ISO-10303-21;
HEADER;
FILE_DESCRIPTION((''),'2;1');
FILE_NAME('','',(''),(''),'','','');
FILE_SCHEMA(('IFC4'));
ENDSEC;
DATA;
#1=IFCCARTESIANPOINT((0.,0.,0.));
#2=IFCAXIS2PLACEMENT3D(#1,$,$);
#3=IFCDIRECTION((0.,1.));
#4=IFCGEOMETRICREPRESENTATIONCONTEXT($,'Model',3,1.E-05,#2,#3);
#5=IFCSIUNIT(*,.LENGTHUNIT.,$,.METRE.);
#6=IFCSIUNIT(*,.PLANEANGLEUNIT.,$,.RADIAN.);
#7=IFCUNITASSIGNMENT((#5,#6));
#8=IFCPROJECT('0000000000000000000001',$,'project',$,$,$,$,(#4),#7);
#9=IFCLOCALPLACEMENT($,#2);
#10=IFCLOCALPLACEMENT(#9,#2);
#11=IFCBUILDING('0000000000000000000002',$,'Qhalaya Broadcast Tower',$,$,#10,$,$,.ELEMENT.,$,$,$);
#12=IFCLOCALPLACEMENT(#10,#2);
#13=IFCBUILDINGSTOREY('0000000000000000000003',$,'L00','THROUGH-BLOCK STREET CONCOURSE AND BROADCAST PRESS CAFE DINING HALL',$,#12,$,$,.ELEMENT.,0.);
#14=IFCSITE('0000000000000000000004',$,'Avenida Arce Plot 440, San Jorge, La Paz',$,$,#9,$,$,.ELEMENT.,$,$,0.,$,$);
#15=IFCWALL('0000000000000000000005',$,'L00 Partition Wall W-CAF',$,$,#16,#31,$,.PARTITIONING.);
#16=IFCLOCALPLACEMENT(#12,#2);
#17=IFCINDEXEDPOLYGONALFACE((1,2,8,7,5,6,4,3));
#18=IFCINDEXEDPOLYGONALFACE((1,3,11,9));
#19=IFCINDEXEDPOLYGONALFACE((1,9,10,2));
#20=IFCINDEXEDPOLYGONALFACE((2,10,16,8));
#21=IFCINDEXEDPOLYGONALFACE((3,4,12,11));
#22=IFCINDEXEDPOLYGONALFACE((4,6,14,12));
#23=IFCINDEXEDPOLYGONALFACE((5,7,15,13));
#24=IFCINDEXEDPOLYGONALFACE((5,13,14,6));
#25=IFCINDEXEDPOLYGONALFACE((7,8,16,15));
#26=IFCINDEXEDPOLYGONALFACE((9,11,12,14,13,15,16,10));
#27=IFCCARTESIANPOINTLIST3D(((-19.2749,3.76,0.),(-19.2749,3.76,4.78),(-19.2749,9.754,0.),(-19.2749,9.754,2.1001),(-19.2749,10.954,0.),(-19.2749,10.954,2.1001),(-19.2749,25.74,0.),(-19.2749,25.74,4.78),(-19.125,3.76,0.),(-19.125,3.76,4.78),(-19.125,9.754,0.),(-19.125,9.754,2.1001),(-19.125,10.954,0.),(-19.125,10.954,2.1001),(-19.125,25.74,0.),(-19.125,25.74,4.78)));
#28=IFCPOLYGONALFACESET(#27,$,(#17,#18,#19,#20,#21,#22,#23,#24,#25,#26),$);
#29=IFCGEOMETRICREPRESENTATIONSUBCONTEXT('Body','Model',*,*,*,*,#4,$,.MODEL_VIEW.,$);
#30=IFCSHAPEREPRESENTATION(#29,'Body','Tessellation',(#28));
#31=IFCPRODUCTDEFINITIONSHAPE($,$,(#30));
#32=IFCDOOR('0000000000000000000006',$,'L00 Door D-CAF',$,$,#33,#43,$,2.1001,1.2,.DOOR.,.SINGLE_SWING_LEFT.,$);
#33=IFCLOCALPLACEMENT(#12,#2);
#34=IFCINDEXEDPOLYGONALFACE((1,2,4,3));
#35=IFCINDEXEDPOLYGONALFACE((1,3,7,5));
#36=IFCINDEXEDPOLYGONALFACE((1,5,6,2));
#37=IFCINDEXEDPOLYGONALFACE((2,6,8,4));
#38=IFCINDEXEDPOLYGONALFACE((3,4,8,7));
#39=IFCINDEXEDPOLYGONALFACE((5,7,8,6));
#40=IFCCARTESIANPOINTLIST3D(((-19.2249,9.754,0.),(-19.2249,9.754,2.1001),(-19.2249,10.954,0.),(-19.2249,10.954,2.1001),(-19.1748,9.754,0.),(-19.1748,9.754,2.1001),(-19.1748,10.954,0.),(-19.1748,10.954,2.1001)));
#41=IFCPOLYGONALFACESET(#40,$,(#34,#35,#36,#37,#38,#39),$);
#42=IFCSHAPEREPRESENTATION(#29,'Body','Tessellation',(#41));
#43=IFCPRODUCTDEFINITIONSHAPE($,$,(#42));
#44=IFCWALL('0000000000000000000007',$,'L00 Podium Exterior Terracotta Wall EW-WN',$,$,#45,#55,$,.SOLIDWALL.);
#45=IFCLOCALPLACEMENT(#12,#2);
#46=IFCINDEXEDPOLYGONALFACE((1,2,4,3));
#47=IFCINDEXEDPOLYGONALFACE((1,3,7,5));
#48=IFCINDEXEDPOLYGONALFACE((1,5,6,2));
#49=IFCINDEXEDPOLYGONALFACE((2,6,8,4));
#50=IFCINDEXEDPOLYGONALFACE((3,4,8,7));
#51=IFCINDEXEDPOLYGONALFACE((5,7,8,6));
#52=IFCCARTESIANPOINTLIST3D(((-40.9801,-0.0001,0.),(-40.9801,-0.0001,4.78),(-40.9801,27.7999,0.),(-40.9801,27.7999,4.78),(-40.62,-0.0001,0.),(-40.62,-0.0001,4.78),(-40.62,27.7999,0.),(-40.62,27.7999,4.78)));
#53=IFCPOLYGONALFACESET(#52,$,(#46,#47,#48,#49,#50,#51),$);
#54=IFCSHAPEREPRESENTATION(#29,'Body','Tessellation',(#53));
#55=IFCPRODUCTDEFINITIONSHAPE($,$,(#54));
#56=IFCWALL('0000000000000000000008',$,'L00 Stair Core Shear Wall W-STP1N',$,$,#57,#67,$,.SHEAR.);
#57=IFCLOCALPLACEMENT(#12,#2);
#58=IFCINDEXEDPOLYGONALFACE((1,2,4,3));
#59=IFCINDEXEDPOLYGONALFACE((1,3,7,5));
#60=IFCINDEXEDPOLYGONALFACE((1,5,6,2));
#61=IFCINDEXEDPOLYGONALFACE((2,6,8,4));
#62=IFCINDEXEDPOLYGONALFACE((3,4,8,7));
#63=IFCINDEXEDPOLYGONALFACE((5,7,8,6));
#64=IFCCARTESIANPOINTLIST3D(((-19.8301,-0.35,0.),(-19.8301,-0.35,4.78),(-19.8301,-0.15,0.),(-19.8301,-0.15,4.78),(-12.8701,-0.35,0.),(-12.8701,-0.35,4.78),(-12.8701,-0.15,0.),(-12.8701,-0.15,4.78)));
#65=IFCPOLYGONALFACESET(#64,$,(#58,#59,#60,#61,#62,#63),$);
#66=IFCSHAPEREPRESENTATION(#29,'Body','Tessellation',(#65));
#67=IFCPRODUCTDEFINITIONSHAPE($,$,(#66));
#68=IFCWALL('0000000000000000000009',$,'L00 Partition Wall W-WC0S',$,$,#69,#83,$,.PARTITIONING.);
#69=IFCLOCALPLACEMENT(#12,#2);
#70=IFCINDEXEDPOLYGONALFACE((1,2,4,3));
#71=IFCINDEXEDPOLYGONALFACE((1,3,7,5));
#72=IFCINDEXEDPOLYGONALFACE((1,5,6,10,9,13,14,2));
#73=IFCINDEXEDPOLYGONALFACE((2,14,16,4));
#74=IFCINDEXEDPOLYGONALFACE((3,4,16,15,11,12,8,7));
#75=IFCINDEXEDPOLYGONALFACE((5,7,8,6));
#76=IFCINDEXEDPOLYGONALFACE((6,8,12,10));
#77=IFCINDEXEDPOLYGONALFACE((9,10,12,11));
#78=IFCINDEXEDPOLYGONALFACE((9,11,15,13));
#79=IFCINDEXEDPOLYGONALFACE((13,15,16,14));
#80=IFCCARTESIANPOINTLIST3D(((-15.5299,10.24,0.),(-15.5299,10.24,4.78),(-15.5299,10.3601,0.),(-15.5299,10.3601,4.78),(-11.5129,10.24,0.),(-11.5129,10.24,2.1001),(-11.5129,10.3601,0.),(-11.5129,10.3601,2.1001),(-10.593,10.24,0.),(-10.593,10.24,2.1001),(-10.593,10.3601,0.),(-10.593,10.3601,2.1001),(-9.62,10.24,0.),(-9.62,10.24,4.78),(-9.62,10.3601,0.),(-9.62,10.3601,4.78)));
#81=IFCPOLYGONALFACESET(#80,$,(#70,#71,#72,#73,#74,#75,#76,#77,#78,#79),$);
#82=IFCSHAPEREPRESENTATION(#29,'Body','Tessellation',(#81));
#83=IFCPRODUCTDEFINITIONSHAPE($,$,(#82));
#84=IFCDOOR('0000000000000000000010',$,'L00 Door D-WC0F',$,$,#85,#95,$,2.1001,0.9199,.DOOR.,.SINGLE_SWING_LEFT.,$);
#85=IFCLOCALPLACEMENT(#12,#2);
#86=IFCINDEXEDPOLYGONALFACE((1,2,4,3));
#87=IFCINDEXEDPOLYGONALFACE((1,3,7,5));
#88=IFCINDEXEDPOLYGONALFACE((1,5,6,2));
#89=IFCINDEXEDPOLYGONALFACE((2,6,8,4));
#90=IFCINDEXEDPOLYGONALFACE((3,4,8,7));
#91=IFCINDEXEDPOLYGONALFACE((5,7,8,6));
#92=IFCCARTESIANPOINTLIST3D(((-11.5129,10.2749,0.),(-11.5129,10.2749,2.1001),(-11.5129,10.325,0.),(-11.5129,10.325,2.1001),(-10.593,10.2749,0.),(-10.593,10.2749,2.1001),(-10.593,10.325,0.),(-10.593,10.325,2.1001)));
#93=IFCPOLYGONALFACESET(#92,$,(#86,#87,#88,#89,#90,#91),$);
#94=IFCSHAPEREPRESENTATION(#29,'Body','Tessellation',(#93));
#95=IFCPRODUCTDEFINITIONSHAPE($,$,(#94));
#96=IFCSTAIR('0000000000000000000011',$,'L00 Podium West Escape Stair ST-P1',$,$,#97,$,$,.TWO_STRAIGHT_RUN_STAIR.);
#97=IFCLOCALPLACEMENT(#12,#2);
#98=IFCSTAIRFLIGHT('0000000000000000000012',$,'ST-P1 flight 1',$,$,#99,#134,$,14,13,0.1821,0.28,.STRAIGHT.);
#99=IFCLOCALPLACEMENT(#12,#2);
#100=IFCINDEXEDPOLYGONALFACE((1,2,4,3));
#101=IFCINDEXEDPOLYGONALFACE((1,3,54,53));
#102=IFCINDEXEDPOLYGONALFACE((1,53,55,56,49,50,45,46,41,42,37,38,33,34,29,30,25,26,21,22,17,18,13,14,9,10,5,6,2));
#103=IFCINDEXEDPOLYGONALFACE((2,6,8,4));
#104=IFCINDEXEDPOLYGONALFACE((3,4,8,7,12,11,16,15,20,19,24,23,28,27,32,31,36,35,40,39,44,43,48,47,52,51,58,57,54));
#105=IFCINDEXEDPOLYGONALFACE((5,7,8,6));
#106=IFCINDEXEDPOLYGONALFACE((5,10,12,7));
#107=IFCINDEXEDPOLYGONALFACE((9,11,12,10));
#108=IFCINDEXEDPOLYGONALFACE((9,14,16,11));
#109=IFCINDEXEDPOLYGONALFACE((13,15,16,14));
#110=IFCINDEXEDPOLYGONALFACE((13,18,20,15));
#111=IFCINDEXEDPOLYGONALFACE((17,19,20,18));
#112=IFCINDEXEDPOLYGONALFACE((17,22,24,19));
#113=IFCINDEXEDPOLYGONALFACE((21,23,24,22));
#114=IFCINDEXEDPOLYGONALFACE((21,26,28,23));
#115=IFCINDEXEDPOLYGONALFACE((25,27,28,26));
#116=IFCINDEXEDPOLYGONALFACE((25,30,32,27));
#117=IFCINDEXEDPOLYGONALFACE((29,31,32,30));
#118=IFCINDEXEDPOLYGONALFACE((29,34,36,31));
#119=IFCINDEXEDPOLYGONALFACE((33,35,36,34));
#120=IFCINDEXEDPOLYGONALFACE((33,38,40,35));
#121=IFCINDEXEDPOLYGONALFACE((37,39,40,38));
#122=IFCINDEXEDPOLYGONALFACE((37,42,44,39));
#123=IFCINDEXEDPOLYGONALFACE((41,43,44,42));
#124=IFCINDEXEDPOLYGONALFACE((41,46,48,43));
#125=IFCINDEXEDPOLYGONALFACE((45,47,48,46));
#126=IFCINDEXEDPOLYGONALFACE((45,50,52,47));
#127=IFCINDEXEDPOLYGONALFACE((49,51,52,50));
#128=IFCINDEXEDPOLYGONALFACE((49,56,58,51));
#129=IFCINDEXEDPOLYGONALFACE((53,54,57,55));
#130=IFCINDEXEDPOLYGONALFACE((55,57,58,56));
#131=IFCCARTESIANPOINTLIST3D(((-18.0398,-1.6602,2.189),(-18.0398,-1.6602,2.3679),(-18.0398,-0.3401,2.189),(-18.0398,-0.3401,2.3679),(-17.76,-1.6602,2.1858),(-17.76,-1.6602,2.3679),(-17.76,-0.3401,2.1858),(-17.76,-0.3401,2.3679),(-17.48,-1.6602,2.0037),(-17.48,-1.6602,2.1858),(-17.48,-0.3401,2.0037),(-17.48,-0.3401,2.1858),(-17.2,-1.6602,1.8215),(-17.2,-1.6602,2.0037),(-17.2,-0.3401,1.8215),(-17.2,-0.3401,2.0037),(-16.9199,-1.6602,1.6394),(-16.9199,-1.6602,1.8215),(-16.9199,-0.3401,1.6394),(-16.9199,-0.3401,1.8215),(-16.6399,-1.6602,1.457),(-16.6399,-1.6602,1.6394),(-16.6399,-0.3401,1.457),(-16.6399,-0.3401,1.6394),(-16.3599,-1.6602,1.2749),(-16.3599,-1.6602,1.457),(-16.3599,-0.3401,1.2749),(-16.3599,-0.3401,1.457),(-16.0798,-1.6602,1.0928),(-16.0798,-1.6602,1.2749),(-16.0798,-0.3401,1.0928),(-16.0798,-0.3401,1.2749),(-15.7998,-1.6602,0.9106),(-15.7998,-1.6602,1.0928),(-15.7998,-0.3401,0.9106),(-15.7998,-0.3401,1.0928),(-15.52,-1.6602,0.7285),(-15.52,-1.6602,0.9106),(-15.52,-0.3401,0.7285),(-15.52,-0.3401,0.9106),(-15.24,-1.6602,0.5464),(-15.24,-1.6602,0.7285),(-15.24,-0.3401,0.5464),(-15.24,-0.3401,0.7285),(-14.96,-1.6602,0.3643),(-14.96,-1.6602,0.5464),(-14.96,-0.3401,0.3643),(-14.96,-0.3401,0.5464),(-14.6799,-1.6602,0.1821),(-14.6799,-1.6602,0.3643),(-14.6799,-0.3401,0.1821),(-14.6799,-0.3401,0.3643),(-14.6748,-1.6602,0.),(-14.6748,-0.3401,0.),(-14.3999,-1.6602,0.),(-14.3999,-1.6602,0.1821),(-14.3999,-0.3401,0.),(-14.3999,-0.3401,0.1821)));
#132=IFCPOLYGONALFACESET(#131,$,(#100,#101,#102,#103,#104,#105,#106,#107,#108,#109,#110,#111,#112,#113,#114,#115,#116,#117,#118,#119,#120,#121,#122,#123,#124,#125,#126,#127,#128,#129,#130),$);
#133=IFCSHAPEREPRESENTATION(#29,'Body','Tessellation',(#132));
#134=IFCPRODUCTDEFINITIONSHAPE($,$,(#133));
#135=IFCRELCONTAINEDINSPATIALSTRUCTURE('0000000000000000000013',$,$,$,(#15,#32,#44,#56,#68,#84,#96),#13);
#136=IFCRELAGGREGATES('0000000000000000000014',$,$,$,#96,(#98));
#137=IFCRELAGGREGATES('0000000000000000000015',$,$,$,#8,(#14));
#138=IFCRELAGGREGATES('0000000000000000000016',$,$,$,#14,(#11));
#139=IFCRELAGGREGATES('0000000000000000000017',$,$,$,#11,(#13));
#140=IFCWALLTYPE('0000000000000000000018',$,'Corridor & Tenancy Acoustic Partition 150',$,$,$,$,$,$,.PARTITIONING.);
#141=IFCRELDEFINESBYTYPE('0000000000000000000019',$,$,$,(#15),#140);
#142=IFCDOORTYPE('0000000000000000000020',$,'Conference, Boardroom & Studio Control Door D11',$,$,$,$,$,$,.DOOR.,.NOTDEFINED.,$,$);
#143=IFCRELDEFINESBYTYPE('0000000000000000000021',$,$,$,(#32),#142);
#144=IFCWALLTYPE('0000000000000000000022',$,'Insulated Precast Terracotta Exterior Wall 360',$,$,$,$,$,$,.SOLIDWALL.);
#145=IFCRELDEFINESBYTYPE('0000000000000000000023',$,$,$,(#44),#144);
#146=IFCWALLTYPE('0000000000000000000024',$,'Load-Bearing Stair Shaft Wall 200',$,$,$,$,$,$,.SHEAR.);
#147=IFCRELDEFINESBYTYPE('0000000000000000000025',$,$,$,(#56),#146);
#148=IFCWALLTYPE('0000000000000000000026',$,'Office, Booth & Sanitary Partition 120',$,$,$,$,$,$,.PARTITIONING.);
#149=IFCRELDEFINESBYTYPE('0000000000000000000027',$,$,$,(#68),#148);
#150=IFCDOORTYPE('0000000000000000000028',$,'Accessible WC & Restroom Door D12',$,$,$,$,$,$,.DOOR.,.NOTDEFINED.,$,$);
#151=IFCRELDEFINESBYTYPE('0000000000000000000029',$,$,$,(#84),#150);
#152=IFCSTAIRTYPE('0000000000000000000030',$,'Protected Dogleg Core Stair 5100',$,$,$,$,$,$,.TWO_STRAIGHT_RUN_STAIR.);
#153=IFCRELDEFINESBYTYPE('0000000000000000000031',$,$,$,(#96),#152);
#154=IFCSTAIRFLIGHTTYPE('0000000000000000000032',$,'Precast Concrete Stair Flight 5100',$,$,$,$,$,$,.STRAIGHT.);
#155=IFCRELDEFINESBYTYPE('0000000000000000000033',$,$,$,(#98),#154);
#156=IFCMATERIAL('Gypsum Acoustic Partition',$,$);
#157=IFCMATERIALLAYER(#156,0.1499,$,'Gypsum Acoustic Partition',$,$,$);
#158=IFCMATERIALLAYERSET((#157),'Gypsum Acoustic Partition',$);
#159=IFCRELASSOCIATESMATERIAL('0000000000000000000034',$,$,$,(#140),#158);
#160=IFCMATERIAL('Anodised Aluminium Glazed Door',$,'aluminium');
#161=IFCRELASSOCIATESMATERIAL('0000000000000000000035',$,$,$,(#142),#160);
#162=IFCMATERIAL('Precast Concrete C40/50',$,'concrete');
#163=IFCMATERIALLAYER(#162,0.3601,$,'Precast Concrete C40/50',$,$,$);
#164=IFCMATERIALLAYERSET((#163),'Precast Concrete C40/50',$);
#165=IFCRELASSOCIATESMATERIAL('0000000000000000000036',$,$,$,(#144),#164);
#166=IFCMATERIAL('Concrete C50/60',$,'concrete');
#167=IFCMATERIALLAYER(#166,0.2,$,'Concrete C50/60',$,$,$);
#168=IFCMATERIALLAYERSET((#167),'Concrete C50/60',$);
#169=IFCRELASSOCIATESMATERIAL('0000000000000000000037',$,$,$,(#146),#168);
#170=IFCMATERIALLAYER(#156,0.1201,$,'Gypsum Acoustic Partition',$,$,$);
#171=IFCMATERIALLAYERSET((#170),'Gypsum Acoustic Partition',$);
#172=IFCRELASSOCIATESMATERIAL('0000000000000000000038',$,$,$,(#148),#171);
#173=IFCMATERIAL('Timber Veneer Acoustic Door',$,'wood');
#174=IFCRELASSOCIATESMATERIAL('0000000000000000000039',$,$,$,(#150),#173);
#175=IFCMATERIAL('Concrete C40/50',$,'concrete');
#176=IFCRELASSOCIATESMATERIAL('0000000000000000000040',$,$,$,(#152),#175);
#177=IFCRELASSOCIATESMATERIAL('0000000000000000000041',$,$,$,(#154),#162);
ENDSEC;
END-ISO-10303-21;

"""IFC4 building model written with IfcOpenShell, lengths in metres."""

from ifc_helpers import new_model, si_unit, direction, frame, frame_2d, origin, place, context, subcontext, project, spatial, polyline, rectangle, outline, extrude, material, layer, layer_set, type_object, element, fill, aggregate, save


model = new_model("IFC4")

# Units and contexts
model_context = context("Model", 3, precision=1e-05, world=origin(), true_north=direction((0.0, 1.0)))
body_context = subcontext(model_context, "Body", "Model", "MODEL_VIEW")
ifc_project = project(units=[si_unit("LENGTHUNIT", "METRE"), si_unit("PLANEANGLEUNIT", "RADIAN")], contexts=[model_context])

# Site, building, storey
site_placement = place(None, origin())
site = spatial("IfcSite", under=ifc_project, at=site_placement, Name="Avenida Arce Plot 440, San Jorge, La Paz", CompositionType="ELEMENT", RefElevation=0.0)
building_placement = place(site_placement, origin())
building = spatial("IfcBuilding", under=site, at=building_placement, Name="Qhalaya Broadcast Tower", CompositionType="ELEMENT")
storey_placement = place(building_placement, origin())
storey = spatial("IfcBuildingStorey", under=building, at=storey_placement, Name="L00", Description="THROUGH-BLOCK STREET CONCOURSE AND BROADCAST PRESS CAFE DINING HALL", CompositionType="ELEMENT", Elevation=0.0)

# Wall, opening, door
ifc_material_1 = material(Name="Gypsum Acoustic Partition")
ifc_layer_1 = layer(ifc_material_1, 0.1499, Name="Gypsum Acoustic Partition")
ifc_layer_set_1 = layer_set([ifc_layer_1], Name="Gypsum Acoustic Partition")
wall_type_1 = type_object("IfcWallType", Name="Corridor & Tenancy Acoustic Partition 150", PredefinedType="PARTITIONING", material=ifc_layer_set_1)
wall_1_placement = place(storey_placement, frame((-19.2, 3.76, 0.0), z_axis=(0.0, 0.0, 1.0), x_axis=(0.0, 1.0, 0.0)))
wall_1 = element("IfcWall", 1, at=wall_1_placement, inside=storey, type_object=wall_type_1, Name="L00 Partition Wall W-CAF", PredefinedType="PARTITIONING", context=body_context, shape_type="SweptSolid", body=[
    extrude(rectangle(XDim=21.98, YDim=0.1499, at=frame_2d((10.99, 0.0))), origin(), (0.0, 0.0, 1.0), 4.78),
])
opening_1_placement = place(wall_1_placement, frame((5.9939, 0.0, 0.0)))
opening_1 = element("IfcOpeningElement", 2, at=opening_1_placement, cuts=wall_1, PredefinedType="OPENING", context=body_context, shape_type="SweptSolid", body=[
    extrude(rectangle(XDim=1.2, YDim=2.1001, at=frame_2d((0.6001, 1.05))), frame((0.0, 0.0869, 0.0), z_axis=(0.0, -1.0, 0.0), x_axis=(1.0, 0.0, 0.0)), (0.0, 0.0, 1.0), 0.1738),
])
ifc_material_2 = material(Name="Anodised Aluminium Glazed Door", Category="aluminium")
door_type_1 = type_object("IfcDoorType", Name="Conference, Boardroom & Studio Control Door D11", OperationType="NOTDEFINED", PredefinedType="DOOR", material=ifc_material_2)
door_1_placement = place(opening_1_placement, origin())
door_1 = element("IfcDoor", 3, at=door_1_placement, inside=storey, type_object=door_type_1, Name="L00 Door D-CAF", OperationType="SINGLE_SWING_LEFT", OverallHeight=2.1001, OverallWidth=1.2, PredefinedType="DOOR", context=body_context, shape_type="SweptSolid", body=[
    extrude(rectangle(XDim=1.2, YDim=2.1001, at=frame_2d((0.6001, 1.05))), frame((0.0, 0.0249, 0.0), z_axis=(0.0, -1.0, 0.0), x_axis=(1.0, 0.0, 0.0)), (0.0, 0.0, 1.0), 0.05),
])
fill(opening_1, door_1)

# Walls
ifc_material_3 = material(Name="Precast Concrete C40/50", Category="concrete")
ifc_layer_2 = layer(ifc_material_3, 0.3601, Name="Precast Concrete C40/50")
ifc_layer_set_2 = layer_set([ifc_layer_2], Name="Precast Concrete C40/50")
wall_type_2 = type_object("IfcWallType", Name="Insulated Precast Terracotta Exterior Wall 360", PredefinedType="SOLIDWALL", material=ifc_layer_set_2)
wall_2_placement = place(storey_placement, frame((-40.8, 0.0, 0.0), z_axis=(0.0, 0.0, 1.0), x_axis=(0.0, 1.0, 0.0)))
element("IfcWall", 4, at=wall_2_placement, inside=storey, type_object=wall_type_2, Name="L00 Podium Exterior Terracotta Wall EW-WN", PredefinedType="SOLIDWALL", context=body_context, shape_type="SweptSolid", body=[
    extrude(rectangle(XDim=27.8, YDim=0.3601, at=frame_2d((13.8999, 0.0))), origin(), (0.0, 0.0, 1.0), 4.78),
])
ifc_material_4 = material(Name="Concrete C50/60", Category="concrete")
ifc_layer_3 = layer(ifc_material_4, 0.2, Name="Concrete C50/60")
ifc_layer_set_3 = layer_set([ifc_layer_3], Name="Concrete C50/60")
wall_type_3 = type_object("IfcWallType", Name="Load-Bearing Stair Shaft Wall 200", PredefinedType="SHEAR", material=ifc_layer_set_3)
wall_3_placement = place(storey_placement, frame((-19.8301, -0.25, 0.0), z_axis=(0.0, 0.0, 1.0), x_axis=(1.0, 0.0, 0.0)))
element("IfcWall", 5, at=wall_3_placement, inside=storey, type_object=wall_type_3, Name="L00 Stair Core Shear Wall W-STP1N", PredefinedType="SHEAR", context=body_context, shape_type="SweptSolid", body=[
    extrude(rectangle(XDim=6.96, YDim=0.2, at=frame_2d((3.48, 0.0))), origin(), (0.0, 0.0, 1.0), 4.78),
])

# Wall, opening, door
ifc_layer_4 = layer(ifc_material_1, 0.1201, Name="Gypsum Acoustic Partition")
ifc_layer_set_4 = layer_set([ifc_layer_4], Name="Gypsum Acoustic Partition")
wall_type_4 = type_object("IfcWallType", Name="Office, Booth & Sanitary Partition 120", PredefinedType="PARTITIONING", material=ifc_layer_set_4)
wall_4_placement = place(storey_placement, frame((-15.53, 10.3, 0.0), z_axis=(0.0, 0.0, 1.0), x_axis=(1.0, 0.0, 0.0)))
wall_4 = element("IfcWall", 6, at=wall_4_placement, inside=storey, type_object=wall_type_4, Name="L00 Partition Wall W-WC0S", PredefinedType="PARTITIONING", context=body_context, shape_type="SweptSolid", body=[
    extrude(rectangle(XDim=5.9099, YDim=0.1201, at=frame_2d((2.9551, 0.0))), origin(), (0.0, 0.0, 1.0), 4.78),
])
opening_2_placement = place(wall_4_placement, frame((4.0171, 0.0, 0.0)))
opening_2 = element("IfcOpeningElement", 7, at=opening_2_placement, cuts=wall_4, PredefinedType="OPENING", context=body_context, shape_type="SweptSolid", body=[
    extrude(rectangle(XDim=0.9199, YDim=2.1001, at=frame_2d((0.46, 1.05))), frame((0.0, 0.072, 0.0), z_axis=(0.0, -1.0, 0.0), x_axis=(1.0, 0.0, 0.0)), (0.0, 0.0, 1.0), 0.144),
])
ifc_material_5 = material(Name="Timber Veneer Acoustic Door", Category="wood")
door_type_2 = type_object("IfcDoorType", Name="Accessible WC & Restroom Door D12", OperationType="NOTDEFINED", PredefinedType="DOOR", material=ifc_material_5)
door_2_placement = place(opening_2_placement, origin())
door_2 = element("IfcDoor", 8, at=door_2_placement, inside=storey, type_object=door_type_2, Name="L00 Door D-WC0F", OperationType="SINGLE_SWING_LEFT", OverallHeight=2.1001, OverallWidth=0.9199, PredefinedType="DOOR", context=body_context, shape_type="SweptSolid", body=[
    extrude(rectangle(XDim=0.9199, YDim=2.1001, at=frame_2d((0.46, 1.05))), frame((0.0, 0.0249, 0.0), z_axis=(0.0, -1.0, 0.0), x_axis=(1.0, 0.0, 0.0)), (0.0, 0.0, 1.0), 0.05),
])
fill(opening_2, door_2)

# Stair, stair flight
ifc_material_6 = material(Name="Concrete C40/50", Category="concrete")
stair_type = type_object("IfcStairType", Name="Protected Dogleg Core Stair 5100", PredefinedType="TWO_STRAIGHT_RUN_STAIR", material=ifc_material_6)
stair_placement = place(storey_placement, origin())
stair = element("IfcStair", 9, at=stair_placement, inside=storey, type_object=stair_type, Name="L00 Podium West Escape Stair ST-P1", PredefinedType="TWO_STRAIGHT_RUN_STAIR")
stair_flight_type = type_object("IfcStairFlightType", Name="Precast Concrete Stair Flight 5100", PredefinedType="STRAIGHT", material=ifc_material_3)
stair_flight_1_placement = place(storey_placement, frame((-14.3999, -1.0, 0.0), z_axis=(0.0, 0.0, 1.0), x_axis=(-1.0, 0.0, 0.0)))
stair_flight_1 = element("IfcStairFlight", 10, at=stair_flight_1_placement, type_object=stair_flight_type, Name="ST-P1 flight 1", NumberOfRisers=14, NumberOfTreads=13, PredefinedType="STRAIGHT", RiserHeight=0.1821, TreadLength=0.28, context=body_context, shape_type="SweptSolid", body=[
    extrude(outline(polyline([(0.0, 0.0), (0.0, 0.1821), (0.28, 0.1821), (0.28, 0.3643), (0.5601, 0.3643), (0.5601, 0.5464), (0.8401, 0.5464), (0.8401, 0.7285), (1.1201, 0.7285), (1.1201, 0.9106), (1.3999, 0.9106), (1.3999, 1.0928), (1.6799, 1.0928), (1.6799, 1.2749), (1.96, 1.2749), (1.96, 1.457), (2.24, 1.457), (2.24, 1.6394), (2.52, 1.6394), (2.52, 1.8215), (2.8, 1.8215), (2.8, 2.0037), (3.0801, 2.0037), (3.0801, 2.1858), (3.3601, 2.1858), (3.3601, 2.3679), (3.6399, 2.3679), (3.6399, 2.55), (3.6399, 2.189), (0.2749, 0.0), (0.0, 0.0)])), frame((0.0, 0.6602, 0.0), z_axis=(0.0, -1.0, 0.0), x_axis=(1.0, 0.0, 0.0)), (0.0, 0.0, 1.0), 1.3201),
])
aggregate(stair, [stair_flight_1])

save(model, "model.ifc")
